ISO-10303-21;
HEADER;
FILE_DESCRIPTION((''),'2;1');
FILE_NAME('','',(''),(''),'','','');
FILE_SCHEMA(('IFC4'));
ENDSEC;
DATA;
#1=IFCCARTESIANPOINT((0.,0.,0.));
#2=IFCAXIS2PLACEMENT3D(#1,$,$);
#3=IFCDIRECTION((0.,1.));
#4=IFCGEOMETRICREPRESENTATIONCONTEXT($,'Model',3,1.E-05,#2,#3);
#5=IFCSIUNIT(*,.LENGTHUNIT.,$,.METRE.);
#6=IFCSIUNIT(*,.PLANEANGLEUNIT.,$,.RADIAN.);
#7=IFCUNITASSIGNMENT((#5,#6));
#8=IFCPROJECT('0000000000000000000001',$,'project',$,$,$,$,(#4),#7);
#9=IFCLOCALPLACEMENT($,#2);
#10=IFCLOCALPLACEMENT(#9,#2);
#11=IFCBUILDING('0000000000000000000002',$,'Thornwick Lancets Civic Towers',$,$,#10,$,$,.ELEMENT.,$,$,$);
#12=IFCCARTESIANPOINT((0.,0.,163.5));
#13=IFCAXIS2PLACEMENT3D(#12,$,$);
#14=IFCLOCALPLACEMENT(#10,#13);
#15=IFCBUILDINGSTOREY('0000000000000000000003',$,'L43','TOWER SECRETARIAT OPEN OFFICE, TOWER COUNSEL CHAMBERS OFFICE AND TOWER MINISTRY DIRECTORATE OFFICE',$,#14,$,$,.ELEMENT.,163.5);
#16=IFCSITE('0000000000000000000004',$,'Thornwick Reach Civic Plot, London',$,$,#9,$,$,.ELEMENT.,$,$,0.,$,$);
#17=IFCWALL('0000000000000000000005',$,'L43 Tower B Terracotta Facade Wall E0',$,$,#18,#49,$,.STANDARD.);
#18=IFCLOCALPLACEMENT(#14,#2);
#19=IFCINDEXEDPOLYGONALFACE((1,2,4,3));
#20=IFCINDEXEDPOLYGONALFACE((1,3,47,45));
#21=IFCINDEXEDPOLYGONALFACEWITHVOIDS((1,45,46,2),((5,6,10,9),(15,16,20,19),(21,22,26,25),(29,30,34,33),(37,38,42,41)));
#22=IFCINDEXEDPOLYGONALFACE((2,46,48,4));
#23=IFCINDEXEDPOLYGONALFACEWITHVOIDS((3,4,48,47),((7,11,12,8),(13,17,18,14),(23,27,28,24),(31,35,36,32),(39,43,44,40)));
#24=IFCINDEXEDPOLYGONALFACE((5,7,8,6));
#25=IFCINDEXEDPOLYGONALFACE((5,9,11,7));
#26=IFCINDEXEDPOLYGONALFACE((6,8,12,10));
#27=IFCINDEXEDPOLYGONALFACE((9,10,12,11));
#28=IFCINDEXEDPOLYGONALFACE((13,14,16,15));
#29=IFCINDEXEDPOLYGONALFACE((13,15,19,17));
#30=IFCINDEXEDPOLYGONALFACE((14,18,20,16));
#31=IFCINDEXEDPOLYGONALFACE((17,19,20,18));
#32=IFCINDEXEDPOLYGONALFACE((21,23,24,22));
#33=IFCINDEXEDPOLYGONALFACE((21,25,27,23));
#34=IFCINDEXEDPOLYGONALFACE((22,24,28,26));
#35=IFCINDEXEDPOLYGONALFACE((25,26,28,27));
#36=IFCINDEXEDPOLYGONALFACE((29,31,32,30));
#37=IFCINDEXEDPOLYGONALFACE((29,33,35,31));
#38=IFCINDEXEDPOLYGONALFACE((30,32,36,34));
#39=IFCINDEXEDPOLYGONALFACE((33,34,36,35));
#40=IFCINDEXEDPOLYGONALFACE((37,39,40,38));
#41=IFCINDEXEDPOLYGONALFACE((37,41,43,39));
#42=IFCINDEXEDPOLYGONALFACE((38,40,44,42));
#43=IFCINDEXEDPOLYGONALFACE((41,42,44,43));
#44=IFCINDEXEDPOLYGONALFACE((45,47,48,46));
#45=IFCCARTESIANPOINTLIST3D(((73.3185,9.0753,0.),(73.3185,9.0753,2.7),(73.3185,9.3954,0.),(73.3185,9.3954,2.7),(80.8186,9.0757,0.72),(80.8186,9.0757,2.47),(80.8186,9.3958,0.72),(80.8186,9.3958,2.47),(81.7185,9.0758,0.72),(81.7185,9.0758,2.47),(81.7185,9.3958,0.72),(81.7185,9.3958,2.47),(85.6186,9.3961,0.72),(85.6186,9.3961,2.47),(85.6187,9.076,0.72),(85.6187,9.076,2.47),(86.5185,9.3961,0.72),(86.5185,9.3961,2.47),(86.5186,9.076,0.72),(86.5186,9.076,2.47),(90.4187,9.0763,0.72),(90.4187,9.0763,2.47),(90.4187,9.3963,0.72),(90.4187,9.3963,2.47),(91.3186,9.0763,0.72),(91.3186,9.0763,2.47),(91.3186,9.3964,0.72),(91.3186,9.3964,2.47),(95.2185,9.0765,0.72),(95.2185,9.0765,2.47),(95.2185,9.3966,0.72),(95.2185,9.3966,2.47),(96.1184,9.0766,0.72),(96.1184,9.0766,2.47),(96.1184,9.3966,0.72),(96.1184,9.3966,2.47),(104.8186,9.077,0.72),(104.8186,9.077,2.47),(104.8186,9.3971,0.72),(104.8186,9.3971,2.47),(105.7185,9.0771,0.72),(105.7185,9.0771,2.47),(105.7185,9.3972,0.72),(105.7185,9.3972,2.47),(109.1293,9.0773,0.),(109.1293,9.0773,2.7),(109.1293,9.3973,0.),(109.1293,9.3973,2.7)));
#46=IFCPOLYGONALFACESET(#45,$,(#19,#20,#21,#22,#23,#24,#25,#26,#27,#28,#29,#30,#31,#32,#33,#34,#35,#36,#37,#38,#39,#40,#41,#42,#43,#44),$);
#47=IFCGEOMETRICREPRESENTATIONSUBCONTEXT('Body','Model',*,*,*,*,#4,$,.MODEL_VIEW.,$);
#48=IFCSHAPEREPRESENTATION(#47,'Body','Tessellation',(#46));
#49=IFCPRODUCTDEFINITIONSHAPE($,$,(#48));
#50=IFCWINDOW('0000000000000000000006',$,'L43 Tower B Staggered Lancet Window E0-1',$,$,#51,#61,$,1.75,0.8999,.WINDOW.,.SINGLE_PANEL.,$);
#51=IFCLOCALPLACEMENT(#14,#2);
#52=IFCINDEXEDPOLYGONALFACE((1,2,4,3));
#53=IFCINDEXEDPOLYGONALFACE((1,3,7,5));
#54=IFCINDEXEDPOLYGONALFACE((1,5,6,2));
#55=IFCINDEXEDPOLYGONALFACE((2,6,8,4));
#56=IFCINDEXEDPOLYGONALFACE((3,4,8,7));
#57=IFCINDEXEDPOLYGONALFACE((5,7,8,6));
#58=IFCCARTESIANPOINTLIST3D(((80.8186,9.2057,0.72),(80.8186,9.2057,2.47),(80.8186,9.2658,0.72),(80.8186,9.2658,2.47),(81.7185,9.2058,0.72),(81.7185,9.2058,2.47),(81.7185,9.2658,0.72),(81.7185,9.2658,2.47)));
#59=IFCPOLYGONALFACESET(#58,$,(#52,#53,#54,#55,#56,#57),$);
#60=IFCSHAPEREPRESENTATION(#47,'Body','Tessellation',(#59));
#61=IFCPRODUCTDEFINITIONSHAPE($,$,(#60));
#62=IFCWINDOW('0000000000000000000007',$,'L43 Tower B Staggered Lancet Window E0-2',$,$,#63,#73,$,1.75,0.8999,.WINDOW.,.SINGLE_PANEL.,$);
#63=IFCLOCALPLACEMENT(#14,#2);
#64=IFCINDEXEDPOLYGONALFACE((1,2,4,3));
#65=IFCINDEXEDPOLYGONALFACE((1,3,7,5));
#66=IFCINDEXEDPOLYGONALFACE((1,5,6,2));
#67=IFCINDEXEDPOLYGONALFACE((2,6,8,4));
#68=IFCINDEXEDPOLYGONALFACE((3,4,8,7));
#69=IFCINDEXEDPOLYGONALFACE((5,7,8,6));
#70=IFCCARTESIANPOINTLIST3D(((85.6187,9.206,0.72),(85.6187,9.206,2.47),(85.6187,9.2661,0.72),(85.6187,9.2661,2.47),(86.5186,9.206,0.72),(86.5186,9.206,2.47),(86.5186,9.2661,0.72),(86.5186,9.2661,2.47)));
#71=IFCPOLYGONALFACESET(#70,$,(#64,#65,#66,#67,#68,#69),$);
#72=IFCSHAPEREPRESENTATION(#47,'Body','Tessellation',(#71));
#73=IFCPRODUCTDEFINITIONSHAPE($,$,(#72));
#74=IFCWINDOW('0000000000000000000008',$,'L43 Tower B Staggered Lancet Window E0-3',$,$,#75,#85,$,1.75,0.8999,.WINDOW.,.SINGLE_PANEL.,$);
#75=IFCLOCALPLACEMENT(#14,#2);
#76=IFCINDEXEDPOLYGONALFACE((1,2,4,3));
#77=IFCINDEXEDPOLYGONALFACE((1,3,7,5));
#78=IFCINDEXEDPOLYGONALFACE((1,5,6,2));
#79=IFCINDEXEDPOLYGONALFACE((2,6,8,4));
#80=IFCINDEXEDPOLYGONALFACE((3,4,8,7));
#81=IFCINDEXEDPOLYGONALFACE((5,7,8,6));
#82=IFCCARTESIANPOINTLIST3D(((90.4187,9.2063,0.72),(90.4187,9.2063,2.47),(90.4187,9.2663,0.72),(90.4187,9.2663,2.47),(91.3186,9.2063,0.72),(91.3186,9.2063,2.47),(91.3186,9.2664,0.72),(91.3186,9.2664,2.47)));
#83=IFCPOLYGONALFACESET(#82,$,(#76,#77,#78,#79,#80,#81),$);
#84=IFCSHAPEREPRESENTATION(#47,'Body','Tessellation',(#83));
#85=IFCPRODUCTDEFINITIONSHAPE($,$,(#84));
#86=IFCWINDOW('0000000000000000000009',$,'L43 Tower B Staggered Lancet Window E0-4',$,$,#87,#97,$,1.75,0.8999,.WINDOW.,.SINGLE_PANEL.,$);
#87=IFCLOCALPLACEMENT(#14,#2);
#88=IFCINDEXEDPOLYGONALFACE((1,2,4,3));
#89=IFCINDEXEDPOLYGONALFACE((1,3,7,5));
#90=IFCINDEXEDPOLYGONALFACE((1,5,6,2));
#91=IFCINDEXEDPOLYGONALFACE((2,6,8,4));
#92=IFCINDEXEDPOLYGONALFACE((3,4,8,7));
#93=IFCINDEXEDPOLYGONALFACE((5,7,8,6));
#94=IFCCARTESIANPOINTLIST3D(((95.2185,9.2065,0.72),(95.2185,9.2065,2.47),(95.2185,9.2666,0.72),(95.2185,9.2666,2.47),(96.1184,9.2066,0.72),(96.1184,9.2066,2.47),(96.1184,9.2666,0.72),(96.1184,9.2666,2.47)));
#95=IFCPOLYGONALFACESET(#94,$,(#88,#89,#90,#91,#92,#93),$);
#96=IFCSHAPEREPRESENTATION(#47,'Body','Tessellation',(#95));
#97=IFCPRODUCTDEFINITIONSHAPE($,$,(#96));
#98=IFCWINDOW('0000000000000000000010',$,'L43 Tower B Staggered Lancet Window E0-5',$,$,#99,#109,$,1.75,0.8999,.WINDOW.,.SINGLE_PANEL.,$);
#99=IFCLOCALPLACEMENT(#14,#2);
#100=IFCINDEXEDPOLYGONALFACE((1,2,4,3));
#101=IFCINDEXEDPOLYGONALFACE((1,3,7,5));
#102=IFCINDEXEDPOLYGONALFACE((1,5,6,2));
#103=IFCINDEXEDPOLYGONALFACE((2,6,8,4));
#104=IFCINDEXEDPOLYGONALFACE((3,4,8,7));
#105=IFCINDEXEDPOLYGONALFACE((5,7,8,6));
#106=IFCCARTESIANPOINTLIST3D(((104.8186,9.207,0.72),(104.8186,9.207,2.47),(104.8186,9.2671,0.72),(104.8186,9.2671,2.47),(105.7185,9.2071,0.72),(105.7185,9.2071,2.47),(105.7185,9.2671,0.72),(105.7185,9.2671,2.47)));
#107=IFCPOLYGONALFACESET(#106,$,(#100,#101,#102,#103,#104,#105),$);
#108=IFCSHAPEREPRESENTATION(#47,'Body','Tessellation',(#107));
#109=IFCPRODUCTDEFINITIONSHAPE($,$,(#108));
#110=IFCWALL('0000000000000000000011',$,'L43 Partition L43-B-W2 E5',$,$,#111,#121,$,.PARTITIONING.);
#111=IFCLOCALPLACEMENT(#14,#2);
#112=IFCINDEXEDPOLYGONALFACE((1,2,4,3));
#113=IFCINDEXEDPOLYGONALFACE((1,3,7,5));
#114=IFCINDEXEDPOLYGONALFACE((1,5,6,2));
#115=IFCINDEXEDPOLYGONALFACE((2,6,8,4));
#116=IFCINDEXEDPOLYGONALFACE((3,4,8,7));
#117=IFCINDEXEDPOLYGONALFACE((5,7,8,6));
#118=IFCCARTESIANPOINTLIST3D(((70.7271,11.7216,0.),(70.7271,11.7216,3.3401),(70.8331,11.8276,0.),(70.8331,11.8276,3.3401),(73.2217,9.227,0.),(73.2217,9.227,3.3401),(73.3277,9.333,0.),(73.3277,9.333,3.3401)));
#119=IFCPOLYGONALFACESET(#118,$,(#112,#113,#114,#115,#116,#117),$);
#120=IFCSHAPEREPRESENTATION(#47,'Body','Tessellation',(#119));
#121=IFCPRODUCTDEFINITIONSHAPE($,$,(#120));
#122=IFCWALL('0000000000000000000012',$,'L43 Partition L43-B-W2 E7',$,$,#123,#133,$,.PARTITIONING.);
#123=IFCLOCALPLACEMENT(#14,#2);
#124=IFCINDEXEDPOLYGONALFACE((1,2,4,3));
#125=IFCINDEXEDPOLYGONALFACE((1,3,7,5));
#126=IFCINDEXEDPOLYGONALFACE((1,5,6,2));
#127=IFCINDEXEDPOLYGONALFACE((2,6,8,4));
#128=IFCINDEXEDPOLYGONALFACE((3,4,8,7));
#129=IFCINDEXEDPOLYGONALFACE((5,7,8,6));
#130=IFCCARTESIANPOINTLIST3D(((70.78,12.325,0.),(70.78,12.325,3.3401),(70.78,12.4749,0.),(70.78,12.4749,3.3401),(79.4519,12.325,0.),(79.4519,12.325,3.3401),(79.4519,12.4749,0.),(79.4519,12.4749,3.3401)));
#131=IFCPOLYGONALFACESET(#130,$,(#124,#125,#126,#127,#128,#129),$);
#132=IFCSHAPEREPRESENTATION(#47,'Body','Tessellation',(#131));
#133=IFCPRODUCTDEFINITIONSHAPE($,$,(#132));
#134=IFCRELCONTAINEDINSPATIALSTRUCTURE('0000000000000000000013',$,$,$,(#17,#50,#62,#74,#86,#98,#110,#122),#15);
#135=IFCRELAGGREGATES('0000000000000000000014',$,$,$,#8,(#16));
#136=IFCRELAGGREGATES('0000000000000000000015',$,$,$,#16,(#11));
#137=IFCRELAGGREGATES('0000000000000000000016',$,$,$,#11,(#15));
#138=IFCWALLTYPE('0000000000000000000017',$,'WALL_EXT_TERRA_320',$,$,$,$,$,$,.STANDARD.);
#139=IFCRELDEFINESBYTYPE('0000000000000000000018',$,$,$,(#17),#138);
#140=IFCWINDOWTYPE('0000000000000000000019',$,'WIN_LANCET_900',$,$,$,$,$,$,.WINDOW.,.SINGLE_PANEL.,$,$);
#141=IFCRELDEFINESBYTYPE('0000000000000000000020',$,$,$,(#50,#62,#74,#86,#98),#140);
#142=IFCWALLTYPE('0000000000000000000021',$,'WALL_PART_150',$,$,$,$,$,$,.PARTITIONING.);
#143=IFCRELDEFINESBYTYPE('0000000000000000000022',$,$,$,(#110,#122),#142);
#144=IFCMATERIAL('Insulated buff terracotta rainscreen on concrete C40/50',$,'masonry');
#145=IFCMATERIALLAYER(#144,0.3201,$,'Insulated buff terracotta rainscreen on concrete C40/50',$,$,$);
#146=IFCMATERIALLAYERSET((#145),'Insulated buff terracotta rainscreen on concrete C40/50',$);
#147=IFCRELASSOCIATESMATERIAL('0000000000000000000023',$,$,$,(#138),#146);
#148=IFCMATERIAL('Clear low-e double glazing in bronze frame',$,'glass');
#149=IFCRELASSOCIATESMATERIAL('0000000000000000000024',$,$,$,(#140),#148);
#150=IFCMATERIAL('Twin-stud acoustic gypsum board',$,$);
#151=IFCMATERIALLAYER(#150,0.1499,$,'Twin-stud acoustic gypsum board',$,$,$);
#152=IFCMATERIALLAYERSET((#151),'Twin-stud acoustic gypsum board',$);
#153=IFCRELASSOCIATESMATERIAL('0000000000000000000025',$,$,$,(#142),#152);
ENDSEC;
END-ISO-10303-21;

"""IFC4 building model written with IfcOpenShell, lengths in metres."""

from ifc_helpers import new_model, si_unit, direction, frame, frame_2d, origin, place, context, subcontext, project, spatial, rectangle, extrude, material, layer, layer_set, type_object, element, fill, save


model = new_model("IFC4")

# Units and contexts
model_context = context("Model", 3, precision=1e-05, world=origin(), true_north=direction((0.0, 1.0)))
body_context = subcontext(model_context, "Body", "Model", "MODEL_VIEW")
ifc_project = project(units=[si_unit("LENGTHUNIT", "METRE"), si_unit("PLANEANGLEUNIT", "RADIAN")], contexts=[model_context])

# Site, building, storey
site_placement = place(None, origin())
site = spatial("IfcSite", under=ifc_project, at=site_placement, Name="Thornwick Reach Civic Plot, London", CompositionType="ELEMENT", RefElevation=0.0)
building_placement = place(site_placement, origin())
building = spatial("IfcBuilding", under=site, at=building_placement, Name="Thornwick Lancets Civic Towers", CompositionType="ELEMENT")
storey_placement = place(building_placement, frame((0.0, 0.0, 163.5)))
storey = spatial("IfcBuildingStorey", under=building, at=storey_placement, Name="L43", Description="TOWER SECRETARIAT OPEN OFFICE, TOWER COUNSEL CHAMBERS OFFICE AND TOWER MINISTRY DIRECTORATE OFFICE", CompositionType="ELEMENT", Elevation=163.5)

# Wall, openings, windows
ifc_material_1 = material(Name="Insulated buff terracotta rainscreen on concrete C40/50", Category="masonry")
ifc_layer_1 = layer(ifc_material_1, 0.3201, Name="Insulated buff terracotta rainscreen on concrete C40/50")
ifc_layer_set_1 = layer_set([ifc_layer_1], Name="Insulated buff terracotta rainscreen on concrete C40/50")
wall_type_1 = type_object("IfcWallType", Name="WALL_EXT_TERRA_320", PredefinedType="STANDARD", material=ifc_layer_set_1)
ifc_material_2 = material(Name="Clear low-e double glazing in bronze frame", Category="glass")
window_type = type_object("IfcWindowType", Name="WIN_LANCET_900", PartitioningType="SINGLE_PANEL", PredefinedType="WINDOW", material=ifc_material_2)
wall_1_placement = place(storey_placement, frame((73.3186, 9.2354, 0.0), z_axis=(0.0, 0.0, 1.0), x_axis=(1.0, 0.000055, 0.0)))
wall_1 = element("IfcWall", 1, at=wall_1_placement, inside=storey, type_object=wall_type_1, Name="L43 Tower B Terracotta Facade Wall E0", PredefinedType="STANDARD", context=body_context, shape_type="SweptSolid", body=[
    extrude(rectangle(XDim=35.8108, YDim=0.3201, at=frame_2d((17.9053, 0.0))), origin(), (0.0, 0.0, 1.0), 2.7),
])
opening_1_placement = place(wall_1_placement, frame((7.5, 0.0, 0.72)))
opening_1 = element("IfcOpeningElement", 2, at=opening_1_placement, cuts=wall_1, PredefinedType="OPENING", context=body_context, shape_type="SweptSolid", body=[
    extrude(rectangle(XDim=0.8999, YDim=1.75, at=frame_2d((0.45, 0.875))), frame((0.0, 0.1699, 0.0), z_axis=(0.0, -1.0, 0.0), x_axis=(1.0, 0.0, 0.0)), (0.0, 0.0, 1.0), 0.3401),
])
opening_2_placement = place(wall_1_placement, frame((12.3, 0.0, 0.72)))
opening_2 = element("IfcOpeningElement", 3, at=opening_2_placement, cuts=wall_1, PredefinedType="OPENING", context=body_context, shape_type="SweptSolid", body=[
    extrude(rectangle(XDim=0.8999, YDim=1.75, at=frame_2d((0.45, 0.875))), frame((0.0, 0.1699, 0.0), z_axis=(0.0, -1.0, 0.0), x_axis=(1.0, 0.0, 0.0)), (0.0, 0.0, 1.0), 0.3401),
])
opening_3_placement = place(wall_1_placement, frame((17.1001, 0.0, 0.72)))
opening_3 = element("IfcOpeningElement", 4, at=opening_3_placement, cuts=wall_1, PredefinedType="OPENING", context=body_context, shape_type="SweptSolid", body=[
    extrude(rectangle(XDim=0.8999, YDim=1.75, at=frame_2d((0.45, 0.875))), frame((0.0, 0.1699, 0.0), z_axis=(0.0, -1.0, 0.0), x_axis=(1.0, 0.0, 0.0)), (0.0, 0.0, 1.0), 0.3401),
])
opening_4_placement = place(wall_1_placement, frame((21.8999, 0.0, 0.72)))
opening_4 = element("IfcOpeningElement", 5, at=opening_4_placement, cuts=wall_1, PredefinedType="OPENING", context=body_context, shape_type="SweptSolid", body=[
    extrude(rectangle(XDim=0.8999, YDim=1.75, at=frame_2d((0.45, 0.875))), frame((0.0, 0.1699, 0.0), z_axis=(0.0, -1.0, 0.0), x_axis=(1.0, 0.0, 0.0)), (0.0, 0.0, 1.0), 0.3401),
])
opening_5_placement = place(wall_1_placement, frame((31.5, 0.0, 0.72)))
opening_5 = element("IfcOpeningElement", 6, at=opening_5_placement, cuts=wall_1, PredefinedType="OPENING", context=body_context, shape_type="SweptSolid", body=[
    extrude(rectangle(XDim=0.8999, YDim=1.75, at=frame_2d((0.45, 0.875))), frame((0.0, 0.1699, 0.0), z_axis=(0.0, -1.0, 0.0), x_axis=(1.0, 0.0, 0.0)), (0.0, 0.0, 1.0), 0.3401),
])
window_1_placement = place(opening_1_placement, origin())
window_1 = element("IfcWindow", 7, at=window_1_placement, inside=storey, type_object=window_type, Name="L43 Tower B Staggered Lancet Window E0-1", OverallHeight=1.75, OverallWidth=0.8999, PartitioningType="SINGLE_PANEL", PredefinedType="WINDOW", context=body_context, shape_type="SweptSolid", body=[
    extrude(rectangle(XDim=0.8999, YDim=1.75, at=frame_2d((0.45, 0.875))), frame((0.0, 0.03, 0.0), z_axis=(0.0, -1.0, 0.0), x_axis=(1.0, 0.0, 0.0)), (0.0, 0.0, 1.0), 0.0601),
])
fill(opening_1, window_1)
window_2_placement = place(opening_2_placement, origin())
window_2 = element("IfcWindow", 8, at=window_2_placement, inside=storey, type_object=window_type, Name="L43 Tower B Staggered Lancet Window E0-2", OverallHeight=1.75, OverallWidth=0.8999, PartitioningType="SINGLE_PANEL", PredefinedType="WINDOW", context=body_context, shape_type="SweptSolid", body=[
    extrude(rectangle(XDim=0.8999, YDim=1.75, at=frame_2d((0.45, 0.875))), frame((0.0, 0.03, 0.0), z_axis=(0.0, -1.0, 0.0), x_axis=(1.0, 0.0, 0.0)), (0.0, 0.0, 1.0), 0.0601),
])
fill(opening_2, window_2)
window_3_placement = place(opening_3_placement, origin())
window_3 = element("IfcWindow", 9, at=window_3_placement, inside=storey, type_object=window_type, Name="L43 Tower B Staggered Lancet Window E0-3", OverallHeight=1.75, OverallWidth=0.8999, PartitioningType="SINGLE_PANEL", PredefinedType="WINDOW", context=body_context, shape_type="SweptSolid", body=[
    extrude(rectangle(XDim=0.8999, YDim=1.75, at=frame_2d((0.45, 0.875))), frame((0.0, 0.03, 0.0), z_axis=(0.0, -1.0, 0.0), x_axis=(1.0, 0.0, 0.0)), (0.0, 0.0, 1.0), 0.0601),
])
fill(opening_3, window_3)
window_4_placement = place(opening_4_placement, origin())
window_4 = element("IfcWindow", 10, at=window_4_placement, inside=storey, type_object=window_type, Name="L43 Tower B Staggered Lancet Window E0-4", OverallHeight=1.75, OverallWidth=0.8999, PartitioningType="SINGLE_PANEL", PredefinedType="WINDOW", context=body_context, shape_type="SweptSolid", body=[
    extrude(rectangle(XDim=0.8999, YDim=1.75, at=frame_2d((0.45, 0.875))), frame((0.0, 0.03, 0.0), z_axis=(0.0, -1.0, 0.0), x_axis=(1.0, 0.0, 0.0)), (0.0, 0.0, 1.0), 0.0601),
])
fill(opening_4, window_4)
window_5_placement = place(opening_5_placement, origin())
window_5 = element("IfcWindow", 11, at=window_5_placement, inside=storey, type_object=window_type, Name="L43 Tower B Staggered Lancet Window E0-5", OverallHeight=1.75, OverallWidth=0.8999, PartitioningType="SINGLE_PANEL", PredefinedType="WINDOW", context=body_context, shape_type="SweptSolid", body=[
    extrude(rectangle(XDim=0.8999, YDim=1.75, at=frame_2d((0.45, 0.875))), frame((0.0, 0.03, 0.0), z_axis=(0.0, -1.0, 0.0), x_axis=(1.0, 0.0, 0.0)), (0.0, 0.0, 1.0), 0.0601),
])
fill(opening_5, window_5)

# Walls
ifc_material_3 = material(Name="Twin-stud acoustic gypsum board")
ifc_layer_2 = layer(ifc_material_3, 0.1499, Name="Twin-stud acoustic gypsum board")
ifc_layer_set_2 = layer_set([ifc_layer_2], Name="Twin-stud acoustic gypsum board")
wall_type_2 = type_object("IfcWallType", Name="WALL_PART_150", PredefinedType="PARTITIONING", material=ifc_layer_set_2)
wall_2_placement = place(storey_placement, frame((73.2747, 9.28, 0.0), z_axis=(0.0, 0.0, 1.0), x_axis=(-0.707107, 0.707107, 0.0)))
element("IfcWall", 12, at=wall_2_placement, inside=storey, type_object=wall_type_2, Name="L43 Partition L43-B-W2 E5", PredefinedType="PARTITIONING", context=body_context, shape_type="SweptSolid", body=[
    extrude(rectangle(XDim=3.5278, YDim=0.1499, at=frame_2d((1.7639, 0.0))), origin(), (0.0, 0.0, 1.0), 3.3401),
])
wall_3_placement = place(storey_placement, frame((70.78, 12.3999, 0.0), z_axis=(0.0, 0.0, 1.0), x_axis=(1.0, 0.0, 0.0)))
element("IfcWall", 13, at=wall_3_placement, inside=storey, type_object=wall_type_2, Name="L43 Partition L43-B-W2 E7", PredefinedType="PARTITIONING", context=body_context, shape_type="SweptSolid", body=[
    extrude(rectangle(XDim=8.6719, YDim=0.1499, at=frame_2d((4.3359, 0.0))), origin(), (0.0, 0.0, 1.0), 3.3401),
])

save(model, "model.ifc")
